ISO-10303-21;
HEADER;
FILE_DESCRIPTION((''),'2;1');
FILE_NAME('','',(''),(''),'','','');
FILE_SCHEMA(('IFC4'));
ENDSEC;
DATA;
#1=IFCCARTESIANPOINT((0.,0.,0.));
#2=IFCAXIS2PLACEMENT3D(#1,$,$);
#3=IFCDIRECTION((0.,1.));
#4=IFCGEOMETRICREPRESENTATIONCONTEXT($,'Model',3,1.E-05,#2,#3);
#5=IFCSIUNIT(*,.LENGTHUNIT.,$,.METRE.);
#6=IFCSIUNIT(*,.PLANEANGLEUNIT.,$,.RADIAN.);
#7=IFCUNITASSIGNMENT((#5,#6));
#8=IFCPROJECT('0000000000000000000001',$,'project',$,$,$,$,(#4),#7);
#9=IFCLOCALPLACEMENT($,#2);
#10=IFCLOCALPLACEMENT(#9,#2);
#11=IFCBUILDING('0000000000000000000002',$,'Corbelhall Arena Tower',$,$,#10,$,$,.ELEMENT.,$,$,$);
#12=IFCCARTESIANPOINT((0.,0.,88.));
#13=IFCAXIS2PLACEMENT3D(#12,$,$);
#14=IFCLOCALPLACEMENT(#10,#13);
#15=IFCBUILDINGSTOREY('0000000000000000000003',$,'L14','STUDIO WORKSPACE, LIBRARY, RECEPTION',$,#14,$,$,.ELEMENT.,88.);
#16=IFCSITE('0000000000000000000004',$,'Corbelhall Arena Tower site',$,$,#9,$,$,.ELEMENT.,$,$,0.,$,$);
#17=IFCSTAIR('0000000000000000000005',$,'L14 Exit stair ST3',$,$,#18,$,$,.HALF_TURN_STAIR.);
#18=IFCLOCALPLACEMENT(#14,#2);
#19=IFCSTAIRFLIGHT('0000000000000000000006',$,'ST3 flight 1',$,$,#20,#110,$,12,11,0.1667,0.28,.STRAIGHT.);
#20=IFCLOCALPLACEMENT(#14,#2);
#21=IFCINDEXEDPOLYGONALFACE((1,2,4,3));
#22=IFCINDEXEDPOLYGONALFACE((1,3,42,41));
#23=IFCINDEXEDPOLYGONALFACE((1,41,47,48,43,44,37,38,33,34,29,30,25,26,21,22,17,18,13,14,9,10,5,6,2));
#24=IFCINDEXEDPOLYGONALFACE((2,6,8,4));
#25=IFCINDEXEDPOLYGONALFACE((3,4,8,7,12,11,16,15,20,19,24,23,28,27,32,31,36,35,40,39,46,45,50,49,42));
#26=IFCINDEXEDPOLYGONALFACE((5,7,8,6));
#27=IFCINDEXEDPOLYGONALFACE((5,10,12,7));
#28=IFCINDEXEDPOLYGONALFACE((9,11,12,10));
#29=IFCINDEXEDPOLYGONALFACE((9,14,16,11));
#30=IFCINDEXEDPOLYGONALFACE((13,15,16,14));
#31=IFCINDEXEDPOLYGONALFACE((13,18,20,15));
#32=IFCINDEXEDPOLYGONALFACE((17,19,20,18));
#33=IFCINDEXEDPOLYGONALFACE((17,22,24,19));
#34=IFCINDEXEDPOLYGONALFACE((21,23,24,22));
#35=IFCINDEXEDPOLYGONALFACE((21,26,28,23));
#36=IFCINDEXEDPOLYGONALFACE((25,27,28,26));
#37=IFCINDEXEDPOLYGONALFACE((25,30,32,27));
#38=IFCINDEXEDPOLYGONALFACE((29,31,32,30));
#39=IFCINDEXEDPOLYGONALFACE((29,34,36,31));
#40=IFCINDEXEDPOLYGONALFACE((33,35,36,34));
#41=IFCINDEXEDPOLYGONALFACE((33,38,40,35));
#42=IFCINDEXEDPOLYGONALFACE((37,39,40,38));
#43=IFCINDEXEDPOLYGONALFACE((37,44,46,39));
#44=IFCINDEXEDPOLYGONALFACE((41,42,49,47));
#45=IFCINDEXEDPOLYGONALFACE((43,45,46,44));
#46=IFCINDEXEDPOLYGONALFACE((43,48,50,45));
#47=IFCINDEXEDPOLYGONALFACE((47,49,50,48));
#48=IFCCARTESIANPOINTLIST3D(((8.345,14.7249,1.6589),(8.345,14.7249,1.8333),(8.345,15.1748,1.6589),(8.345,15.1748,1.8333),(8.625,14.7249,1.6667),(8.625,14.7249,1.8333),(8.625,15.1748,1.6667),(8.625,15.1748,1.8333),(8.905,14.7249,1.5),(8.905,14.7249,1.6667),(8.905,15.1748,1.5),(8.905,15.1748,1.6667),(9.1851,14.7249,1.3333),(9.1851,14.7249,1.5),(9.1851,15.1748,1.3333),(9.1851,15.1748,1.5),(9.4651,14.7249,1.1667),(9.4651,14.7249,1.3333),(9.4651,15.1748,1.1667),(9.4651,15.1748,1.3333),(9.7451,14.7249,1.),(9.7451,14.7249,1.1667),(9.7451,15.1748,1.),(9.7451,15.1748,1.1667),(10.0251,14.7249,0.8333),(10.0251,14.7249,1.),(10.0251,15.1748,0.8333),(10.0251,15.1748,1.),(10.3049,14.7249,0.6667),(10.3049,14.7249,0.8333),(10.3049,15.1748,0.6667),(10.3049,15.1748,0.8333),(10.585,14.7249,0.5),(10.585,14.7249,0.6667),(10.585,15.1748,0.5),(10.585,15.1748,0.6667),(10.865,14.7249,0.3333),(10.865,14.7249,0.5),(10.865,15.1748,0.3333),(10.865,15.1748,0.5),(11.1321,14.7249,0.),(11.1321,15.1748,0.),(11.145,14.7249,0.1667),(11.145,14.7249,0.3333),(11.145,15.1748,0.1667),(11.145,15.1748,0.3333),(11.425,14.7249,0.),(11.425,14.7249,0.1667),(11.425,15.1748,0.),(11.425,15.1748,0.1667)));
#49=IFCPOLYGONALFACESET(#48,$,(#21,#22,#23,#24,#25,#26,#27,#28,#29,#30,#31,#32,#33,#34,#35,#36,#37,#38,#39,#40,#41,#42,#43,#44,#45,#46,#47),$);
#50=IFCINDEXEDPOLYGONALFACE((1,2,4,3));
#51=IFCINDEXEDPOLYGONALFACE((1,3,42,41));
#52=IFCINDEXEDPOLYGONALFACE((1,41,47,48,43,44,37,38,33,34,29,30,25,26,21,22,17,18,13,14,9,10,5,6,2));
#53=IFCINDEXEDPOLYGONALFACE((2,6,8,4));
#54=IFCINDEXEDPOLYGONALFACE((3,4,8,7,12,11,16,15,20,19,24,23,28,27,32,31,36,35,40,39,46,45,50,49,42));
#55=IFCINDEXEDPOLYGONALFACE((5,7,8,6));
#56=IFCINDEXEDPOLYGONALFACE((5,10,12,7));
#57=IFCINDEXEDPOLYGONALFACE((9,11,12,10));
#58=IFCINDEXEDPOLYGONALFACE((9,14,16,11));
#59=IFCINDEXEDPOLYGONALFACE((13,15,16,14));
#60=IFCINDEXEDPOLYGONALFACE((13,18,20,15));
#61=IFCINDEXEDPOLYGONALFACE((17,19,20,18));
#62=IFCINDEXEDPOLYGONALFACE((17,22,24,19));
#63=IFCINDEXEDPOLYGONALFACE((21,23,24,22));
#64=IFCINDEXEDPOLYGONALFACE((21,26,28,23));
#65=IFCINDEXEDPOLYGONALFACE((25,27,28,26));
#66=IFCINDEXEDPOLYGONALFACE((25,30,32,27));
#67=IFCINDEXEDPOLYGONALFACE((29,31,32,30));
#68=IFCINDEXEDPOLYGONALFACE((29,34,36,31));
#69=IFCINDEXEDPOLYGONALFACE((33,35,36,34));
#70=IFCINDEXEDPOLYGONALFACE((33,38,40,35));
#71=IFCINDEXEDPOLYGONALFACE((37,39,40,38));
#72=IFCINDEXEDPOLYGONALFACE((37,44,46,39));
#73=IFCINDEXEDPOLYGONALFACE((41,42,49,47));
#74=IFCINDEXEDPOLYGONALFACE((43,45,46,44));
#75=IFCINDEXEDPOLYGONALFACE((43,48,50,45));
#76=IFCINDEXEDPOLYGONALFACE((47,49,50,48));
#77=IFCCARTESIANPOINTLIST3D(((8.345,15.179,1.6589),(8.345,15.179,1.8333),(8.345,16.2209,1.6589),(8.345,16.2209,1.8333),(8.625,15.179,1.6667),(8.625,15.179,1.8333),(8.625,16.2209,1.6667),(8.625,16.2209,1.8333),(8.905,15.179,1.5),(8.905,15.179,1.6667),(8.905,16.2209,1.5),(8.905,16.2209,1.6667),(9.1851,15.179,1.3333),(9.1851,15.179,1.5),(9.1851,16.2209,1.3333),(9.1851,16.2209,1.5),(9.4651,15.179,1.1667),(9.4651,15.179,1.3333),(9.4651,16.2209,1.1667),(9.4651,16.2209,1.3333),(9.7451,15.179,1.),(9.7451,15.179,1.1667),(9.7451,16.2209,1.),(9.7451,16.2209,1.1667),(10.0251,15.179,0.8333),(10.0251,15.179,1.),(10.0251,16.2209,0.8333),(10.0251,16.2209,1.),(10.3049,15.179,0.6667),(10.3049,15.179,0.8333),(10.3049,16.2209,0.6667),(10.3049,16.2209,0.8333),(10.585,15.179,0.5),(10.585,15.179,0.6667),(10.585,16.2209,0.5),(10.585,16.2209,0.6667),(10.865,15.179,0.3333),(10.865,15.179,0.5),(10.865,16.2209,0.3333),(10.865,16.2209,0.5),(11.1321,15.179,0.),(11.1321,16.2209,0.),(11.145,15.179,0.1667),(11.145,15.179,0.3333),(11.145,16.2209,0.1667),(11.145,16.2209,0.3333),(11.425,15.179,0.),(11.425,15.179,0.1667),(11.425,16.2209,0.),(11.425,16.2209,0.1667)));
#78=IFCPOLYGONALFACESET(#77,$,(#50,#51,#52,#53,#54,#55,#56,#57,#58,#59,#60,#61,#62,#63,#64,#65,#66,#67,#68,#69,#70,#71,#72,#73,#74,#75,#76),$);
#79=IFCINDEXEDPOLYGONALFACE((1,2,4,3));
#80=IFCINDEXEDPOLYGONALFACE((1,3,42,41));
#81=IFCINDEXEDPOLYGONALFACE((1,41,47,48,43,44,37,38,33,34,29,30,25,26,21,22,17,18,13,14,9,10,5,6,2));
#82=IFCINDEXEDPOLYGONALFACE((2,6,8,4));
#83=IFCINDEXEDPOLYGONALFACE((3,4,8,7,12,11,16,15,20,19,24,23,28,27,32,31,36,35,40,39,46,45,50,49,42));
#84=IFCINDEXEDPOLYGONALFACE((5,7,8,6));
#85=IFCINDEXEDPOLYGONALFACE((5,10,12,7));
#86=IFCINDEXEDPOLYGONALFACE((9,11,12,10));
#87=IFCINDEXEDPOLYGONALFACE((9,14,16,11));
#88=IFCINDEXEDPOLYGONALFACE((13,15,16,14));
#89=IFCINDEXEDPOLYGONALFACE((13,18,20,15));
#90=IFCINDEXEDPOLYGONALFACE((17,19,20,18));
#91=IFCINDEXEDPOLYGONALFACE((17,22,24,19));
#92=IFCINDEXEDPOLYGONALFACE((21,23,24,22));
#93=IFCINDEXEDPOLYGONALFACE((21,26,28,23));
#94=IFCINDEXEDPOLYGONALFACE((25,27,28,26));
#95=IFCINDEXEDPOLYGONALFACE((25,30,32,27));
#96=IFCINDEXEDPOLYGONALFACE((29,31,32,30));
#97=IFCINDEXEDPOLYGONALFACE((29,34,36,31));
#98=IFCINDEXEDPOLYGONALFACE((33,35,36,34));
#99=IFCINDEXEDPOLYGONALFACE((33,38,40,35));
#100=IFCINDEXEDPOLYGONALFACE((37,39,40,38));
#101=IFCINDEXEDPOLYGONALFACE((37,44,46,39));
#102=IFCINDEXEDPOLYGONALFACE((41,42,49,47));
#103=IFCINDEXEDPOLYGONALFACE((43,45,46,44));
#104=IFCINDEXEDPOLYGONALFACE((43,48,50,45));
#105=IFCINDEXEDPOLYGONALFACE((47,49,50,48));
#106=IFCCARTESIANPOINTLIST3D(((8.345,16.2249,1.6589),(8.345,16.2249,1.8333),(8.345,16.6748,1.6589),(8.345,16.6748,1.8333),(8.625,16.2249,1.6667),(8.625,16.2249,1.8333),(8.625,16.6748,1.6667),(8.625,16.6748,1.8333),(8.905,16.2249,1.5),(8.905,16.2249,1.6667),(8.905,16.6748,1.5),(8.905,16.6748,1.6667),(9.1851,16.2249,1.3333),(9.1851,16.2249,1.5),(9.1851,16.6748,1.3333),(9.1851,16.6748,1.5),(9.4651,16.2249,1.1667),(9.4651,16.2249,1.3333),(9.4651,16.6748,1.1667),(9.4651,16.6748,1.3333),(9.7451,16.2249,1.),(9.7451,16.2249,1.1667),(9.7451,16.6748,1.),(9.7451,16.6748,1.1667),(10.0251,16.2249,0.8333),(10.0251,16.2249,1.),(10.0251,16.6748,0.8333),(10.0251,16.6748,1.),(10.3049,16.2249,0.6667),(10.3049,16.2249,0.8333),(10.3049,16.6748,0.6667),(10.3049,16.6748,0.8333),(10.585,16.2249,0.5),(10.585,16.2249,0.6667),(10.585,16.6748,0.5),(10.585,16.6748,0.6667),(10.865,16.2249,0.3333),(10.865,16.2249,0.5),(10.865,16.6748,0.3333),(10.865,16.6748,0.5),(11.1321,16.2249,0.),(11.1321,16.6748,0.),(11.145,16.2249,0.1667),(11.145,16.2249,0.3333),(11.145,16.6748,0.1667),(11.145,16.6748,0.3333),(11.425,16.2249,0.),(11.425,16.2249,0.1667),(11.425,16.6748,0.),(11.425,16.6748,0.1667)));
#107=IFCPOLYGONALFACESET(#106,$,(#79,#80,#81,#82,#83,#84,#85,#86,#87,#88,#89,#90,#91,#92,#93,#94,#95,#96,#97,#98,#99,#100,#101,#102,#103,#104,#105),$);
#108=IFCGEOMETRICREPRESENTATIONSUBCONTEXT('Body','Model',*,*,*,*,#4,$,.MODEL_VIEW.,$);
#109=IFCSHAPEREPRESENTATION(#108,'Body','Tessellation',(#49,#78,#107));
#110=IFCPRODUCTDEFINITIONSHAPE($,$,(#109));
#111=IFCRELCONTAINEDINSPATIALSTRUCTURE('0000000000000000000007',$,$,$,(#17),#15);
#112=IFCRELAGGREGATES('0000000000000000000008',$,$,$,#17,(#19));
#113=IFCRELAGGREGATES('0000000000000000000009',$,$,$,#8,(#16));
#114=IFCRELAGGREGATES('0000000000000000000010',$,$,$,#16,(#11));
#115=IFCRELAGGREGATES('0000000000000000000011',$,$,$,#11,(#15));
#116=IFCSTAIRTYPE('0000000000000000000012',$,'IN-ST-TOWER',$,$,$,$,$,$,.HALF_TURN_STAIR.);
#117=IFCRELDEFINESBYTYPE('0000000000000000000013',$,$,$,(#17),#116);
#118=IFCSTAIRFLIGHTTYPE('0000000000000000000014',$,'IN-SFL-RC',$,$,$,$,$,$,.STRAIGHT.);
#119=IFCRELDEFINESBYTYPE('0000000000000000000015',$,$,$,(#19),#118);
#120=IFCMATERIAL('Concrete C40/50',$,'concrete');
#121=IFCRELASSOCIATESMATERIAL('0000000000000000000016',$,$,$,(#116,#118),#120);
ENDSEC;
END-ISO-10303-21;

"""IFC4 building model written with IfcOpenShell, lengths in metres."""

from ifc_helpers import new_model, si_unit, direction, frame, origin, place, context, subcontext, project, spatial, polyline, outline, extrude, material, type_object, element, aggregate, save


model = new_model("IFC4")

# Units and contexts
model_context = context("Model", 3, precision=1e-05, world=origin(), true_north=direction((0.0, 1.0)))
body_context = subcontext(model_context, "Body", "Model", "MODEL_VIEW")
ifc_project = project(units=[si_unit("LENGTHUNIT", "METRE"), si_unit("PLANEANGLEUNIT", "RADIAN")], contexts=[model_context])

# Site, building, storey
site_placement = place(None, origin())
site = spatial("IfcSite", under=ifc_project, at=site_placement, Name="Corbelhall Arena Tower site", CompositionType="ELEMENT", RefElevation=0.0)
building_placement = place(site_placement, origin())
building = spatial("IfcBuilding", under=site, at=building_placement, Name="Corbelhall Arena Tower", CompositionType="ELEMENT")
storey_placement = place(building_placement, frame((0.0, 0.0, 88.0)))
storey = spatial("IfcBuildingStorey", under=building, at=storey_placement, Name="L14", Description="STUDIO WORKSPACE, LIBRARY, RECEPTION", CompositionType="ELEMENT", Elevation=88.0)

# Shared definitions
ifc_material_1 = material(Name="Concrete C40/50", Category="concrete")

# Stair, stair flight
stair_type = type_object("IfcStairType", Name="IN-ST-TOWER", PredefinedType="HALF_TURN_STAIR", material=ifc_material_1)
stair_placement = place(storey_placement, origin())
stair = element("IfcStair", 1, at=stair_placement, inside=storey, type_object=stair_type, Name="L14 Exit stair ST3", PredefinedType="HALF_TURN_STAIR")
stair_flight_type = type_object("IfcStairFlightType", Name="IN-SFL-RC", PredefinedType="STRAIGHT", material=ifc_material_1)
stair_flight_1_placement = place(storey_placement, frame((11.425, 15.7, 0.0), z_axis=(0.0, 0.0, 1.0), x_axis=(-1.0, 0.0, 0.0)))
stair_flight_1 = element("IfcStairFlight", 2, at=stair_flight_1_placement, type_object=stair_flight_type, Name="ST3 flight 1", NumberOfRisers=12, NumberOfTreads=11, PredefinedType="STRAIGHT", RiserHeight=0.1667, TreadLength=0.28, context=body_context, shape_type="SweptSolid", body=[
    extrude(outline(polyline([(0.0, 0.0), (0.0, 0.1667), (0.28, 0.1667), (0.28, 0.3333), (0.5601, 0.3333), (0.5601, 0.5), (0.8401, 0.5), (0.8401, 0.6667), (1.1201, 0.6667), (1.1201, 0.8333), (1.3999, 0.8333), (1.3999, 1.0), (1.6799, 1.0), (1.6799, 1.1667), (1.96, 1.1667), (1.96, 1.3333), (2.24, 1.3333), (2.24, 1.5), (2.52, 1.5), (2.52, 1.6667), (2.8, 1.6667), (2.8, 1.8333), (3.0801, 1.8333), (3.0801, 2.0), (3.0801, 1.6589), (0.293, 0.0), (0.0, 0.0)])), frame((0.0, 0.9751, 0.0), z_axis=(0.0, -1.0, 0.0), x_axis=(1.0, 0.0, 0.0)), (0.0, 0.0, 1.0), 0.45),
    extrude(outline(polyline([(0.0, 0.0), (0.0, 0.1667), (0.28, 0.1667), (0.28, 0.3333), (0.5601, 0.3333), (0.5601, 0.5), (0.8401, 0.5), (0.8401, 0.6667), (1.1201, 0.6667), (1.1201, 0.8333), (1.3999, 0.8333), (1.3999, 1.0), (1.6799, 1.0), (1.6799, 1.1667), (1.96, 1.1667), (1.96, 1.3333), (2.24, 1.3333), (2.24, 1.5), (2.52, 1.5), (2.52, 1.6667), (2.8, 1.6667), (2.8, 1.8333), (3.0801, 1.8333), (3.0801, 2.0), (3.0801, 1.6589), (0.293, 0.0), (0.0, 0.0)])), frame((0.0, 0.521, 0.0), z_axis=(0.0, -1.0, 0.0), x_axis=(1.0, 0.0, 0.0)), (0.0, 0.0, 1.0), 1.042),
    extrude(outline(polyline([(0.0, 0.0), (0.0, 0.1667), (0.28, 0.1667), (0.28, 0.3333), (0.5601, 0.3333), (0.5601, 0.5), (0.8401, 0.5), (0.8401, 0.6667), (1.1201, 0.6667), (1.1201, 0.8333), (1.3999, 0.8333), (1.3999, 1.0), (1.6799, 1.0), (1.6799, 1.1667), (1.96, 1.1667), (1.96, 1.3333), (2.24, 1.3333), (2.24, 1.5), (2.52, 1.5), (2.52, 1.6667), (2.8, 1.6667), (2.8, 1.8333), (3.0801, 1.8333), (3.0801, 2.0), (3.0801, 1.6589), (0.293, 0.0), (0.0, 0.0)])), frame((0.0, -0.5249, 0.0), z_axis=(0.0, -1.0, 0.0), x_axis=(1.0, 0.0, 0.0)), (0.0, 0.0, 1.0), 0.45),
])
aggregate(stair, [stair_flight_1])

save(model, "model.ifc")
